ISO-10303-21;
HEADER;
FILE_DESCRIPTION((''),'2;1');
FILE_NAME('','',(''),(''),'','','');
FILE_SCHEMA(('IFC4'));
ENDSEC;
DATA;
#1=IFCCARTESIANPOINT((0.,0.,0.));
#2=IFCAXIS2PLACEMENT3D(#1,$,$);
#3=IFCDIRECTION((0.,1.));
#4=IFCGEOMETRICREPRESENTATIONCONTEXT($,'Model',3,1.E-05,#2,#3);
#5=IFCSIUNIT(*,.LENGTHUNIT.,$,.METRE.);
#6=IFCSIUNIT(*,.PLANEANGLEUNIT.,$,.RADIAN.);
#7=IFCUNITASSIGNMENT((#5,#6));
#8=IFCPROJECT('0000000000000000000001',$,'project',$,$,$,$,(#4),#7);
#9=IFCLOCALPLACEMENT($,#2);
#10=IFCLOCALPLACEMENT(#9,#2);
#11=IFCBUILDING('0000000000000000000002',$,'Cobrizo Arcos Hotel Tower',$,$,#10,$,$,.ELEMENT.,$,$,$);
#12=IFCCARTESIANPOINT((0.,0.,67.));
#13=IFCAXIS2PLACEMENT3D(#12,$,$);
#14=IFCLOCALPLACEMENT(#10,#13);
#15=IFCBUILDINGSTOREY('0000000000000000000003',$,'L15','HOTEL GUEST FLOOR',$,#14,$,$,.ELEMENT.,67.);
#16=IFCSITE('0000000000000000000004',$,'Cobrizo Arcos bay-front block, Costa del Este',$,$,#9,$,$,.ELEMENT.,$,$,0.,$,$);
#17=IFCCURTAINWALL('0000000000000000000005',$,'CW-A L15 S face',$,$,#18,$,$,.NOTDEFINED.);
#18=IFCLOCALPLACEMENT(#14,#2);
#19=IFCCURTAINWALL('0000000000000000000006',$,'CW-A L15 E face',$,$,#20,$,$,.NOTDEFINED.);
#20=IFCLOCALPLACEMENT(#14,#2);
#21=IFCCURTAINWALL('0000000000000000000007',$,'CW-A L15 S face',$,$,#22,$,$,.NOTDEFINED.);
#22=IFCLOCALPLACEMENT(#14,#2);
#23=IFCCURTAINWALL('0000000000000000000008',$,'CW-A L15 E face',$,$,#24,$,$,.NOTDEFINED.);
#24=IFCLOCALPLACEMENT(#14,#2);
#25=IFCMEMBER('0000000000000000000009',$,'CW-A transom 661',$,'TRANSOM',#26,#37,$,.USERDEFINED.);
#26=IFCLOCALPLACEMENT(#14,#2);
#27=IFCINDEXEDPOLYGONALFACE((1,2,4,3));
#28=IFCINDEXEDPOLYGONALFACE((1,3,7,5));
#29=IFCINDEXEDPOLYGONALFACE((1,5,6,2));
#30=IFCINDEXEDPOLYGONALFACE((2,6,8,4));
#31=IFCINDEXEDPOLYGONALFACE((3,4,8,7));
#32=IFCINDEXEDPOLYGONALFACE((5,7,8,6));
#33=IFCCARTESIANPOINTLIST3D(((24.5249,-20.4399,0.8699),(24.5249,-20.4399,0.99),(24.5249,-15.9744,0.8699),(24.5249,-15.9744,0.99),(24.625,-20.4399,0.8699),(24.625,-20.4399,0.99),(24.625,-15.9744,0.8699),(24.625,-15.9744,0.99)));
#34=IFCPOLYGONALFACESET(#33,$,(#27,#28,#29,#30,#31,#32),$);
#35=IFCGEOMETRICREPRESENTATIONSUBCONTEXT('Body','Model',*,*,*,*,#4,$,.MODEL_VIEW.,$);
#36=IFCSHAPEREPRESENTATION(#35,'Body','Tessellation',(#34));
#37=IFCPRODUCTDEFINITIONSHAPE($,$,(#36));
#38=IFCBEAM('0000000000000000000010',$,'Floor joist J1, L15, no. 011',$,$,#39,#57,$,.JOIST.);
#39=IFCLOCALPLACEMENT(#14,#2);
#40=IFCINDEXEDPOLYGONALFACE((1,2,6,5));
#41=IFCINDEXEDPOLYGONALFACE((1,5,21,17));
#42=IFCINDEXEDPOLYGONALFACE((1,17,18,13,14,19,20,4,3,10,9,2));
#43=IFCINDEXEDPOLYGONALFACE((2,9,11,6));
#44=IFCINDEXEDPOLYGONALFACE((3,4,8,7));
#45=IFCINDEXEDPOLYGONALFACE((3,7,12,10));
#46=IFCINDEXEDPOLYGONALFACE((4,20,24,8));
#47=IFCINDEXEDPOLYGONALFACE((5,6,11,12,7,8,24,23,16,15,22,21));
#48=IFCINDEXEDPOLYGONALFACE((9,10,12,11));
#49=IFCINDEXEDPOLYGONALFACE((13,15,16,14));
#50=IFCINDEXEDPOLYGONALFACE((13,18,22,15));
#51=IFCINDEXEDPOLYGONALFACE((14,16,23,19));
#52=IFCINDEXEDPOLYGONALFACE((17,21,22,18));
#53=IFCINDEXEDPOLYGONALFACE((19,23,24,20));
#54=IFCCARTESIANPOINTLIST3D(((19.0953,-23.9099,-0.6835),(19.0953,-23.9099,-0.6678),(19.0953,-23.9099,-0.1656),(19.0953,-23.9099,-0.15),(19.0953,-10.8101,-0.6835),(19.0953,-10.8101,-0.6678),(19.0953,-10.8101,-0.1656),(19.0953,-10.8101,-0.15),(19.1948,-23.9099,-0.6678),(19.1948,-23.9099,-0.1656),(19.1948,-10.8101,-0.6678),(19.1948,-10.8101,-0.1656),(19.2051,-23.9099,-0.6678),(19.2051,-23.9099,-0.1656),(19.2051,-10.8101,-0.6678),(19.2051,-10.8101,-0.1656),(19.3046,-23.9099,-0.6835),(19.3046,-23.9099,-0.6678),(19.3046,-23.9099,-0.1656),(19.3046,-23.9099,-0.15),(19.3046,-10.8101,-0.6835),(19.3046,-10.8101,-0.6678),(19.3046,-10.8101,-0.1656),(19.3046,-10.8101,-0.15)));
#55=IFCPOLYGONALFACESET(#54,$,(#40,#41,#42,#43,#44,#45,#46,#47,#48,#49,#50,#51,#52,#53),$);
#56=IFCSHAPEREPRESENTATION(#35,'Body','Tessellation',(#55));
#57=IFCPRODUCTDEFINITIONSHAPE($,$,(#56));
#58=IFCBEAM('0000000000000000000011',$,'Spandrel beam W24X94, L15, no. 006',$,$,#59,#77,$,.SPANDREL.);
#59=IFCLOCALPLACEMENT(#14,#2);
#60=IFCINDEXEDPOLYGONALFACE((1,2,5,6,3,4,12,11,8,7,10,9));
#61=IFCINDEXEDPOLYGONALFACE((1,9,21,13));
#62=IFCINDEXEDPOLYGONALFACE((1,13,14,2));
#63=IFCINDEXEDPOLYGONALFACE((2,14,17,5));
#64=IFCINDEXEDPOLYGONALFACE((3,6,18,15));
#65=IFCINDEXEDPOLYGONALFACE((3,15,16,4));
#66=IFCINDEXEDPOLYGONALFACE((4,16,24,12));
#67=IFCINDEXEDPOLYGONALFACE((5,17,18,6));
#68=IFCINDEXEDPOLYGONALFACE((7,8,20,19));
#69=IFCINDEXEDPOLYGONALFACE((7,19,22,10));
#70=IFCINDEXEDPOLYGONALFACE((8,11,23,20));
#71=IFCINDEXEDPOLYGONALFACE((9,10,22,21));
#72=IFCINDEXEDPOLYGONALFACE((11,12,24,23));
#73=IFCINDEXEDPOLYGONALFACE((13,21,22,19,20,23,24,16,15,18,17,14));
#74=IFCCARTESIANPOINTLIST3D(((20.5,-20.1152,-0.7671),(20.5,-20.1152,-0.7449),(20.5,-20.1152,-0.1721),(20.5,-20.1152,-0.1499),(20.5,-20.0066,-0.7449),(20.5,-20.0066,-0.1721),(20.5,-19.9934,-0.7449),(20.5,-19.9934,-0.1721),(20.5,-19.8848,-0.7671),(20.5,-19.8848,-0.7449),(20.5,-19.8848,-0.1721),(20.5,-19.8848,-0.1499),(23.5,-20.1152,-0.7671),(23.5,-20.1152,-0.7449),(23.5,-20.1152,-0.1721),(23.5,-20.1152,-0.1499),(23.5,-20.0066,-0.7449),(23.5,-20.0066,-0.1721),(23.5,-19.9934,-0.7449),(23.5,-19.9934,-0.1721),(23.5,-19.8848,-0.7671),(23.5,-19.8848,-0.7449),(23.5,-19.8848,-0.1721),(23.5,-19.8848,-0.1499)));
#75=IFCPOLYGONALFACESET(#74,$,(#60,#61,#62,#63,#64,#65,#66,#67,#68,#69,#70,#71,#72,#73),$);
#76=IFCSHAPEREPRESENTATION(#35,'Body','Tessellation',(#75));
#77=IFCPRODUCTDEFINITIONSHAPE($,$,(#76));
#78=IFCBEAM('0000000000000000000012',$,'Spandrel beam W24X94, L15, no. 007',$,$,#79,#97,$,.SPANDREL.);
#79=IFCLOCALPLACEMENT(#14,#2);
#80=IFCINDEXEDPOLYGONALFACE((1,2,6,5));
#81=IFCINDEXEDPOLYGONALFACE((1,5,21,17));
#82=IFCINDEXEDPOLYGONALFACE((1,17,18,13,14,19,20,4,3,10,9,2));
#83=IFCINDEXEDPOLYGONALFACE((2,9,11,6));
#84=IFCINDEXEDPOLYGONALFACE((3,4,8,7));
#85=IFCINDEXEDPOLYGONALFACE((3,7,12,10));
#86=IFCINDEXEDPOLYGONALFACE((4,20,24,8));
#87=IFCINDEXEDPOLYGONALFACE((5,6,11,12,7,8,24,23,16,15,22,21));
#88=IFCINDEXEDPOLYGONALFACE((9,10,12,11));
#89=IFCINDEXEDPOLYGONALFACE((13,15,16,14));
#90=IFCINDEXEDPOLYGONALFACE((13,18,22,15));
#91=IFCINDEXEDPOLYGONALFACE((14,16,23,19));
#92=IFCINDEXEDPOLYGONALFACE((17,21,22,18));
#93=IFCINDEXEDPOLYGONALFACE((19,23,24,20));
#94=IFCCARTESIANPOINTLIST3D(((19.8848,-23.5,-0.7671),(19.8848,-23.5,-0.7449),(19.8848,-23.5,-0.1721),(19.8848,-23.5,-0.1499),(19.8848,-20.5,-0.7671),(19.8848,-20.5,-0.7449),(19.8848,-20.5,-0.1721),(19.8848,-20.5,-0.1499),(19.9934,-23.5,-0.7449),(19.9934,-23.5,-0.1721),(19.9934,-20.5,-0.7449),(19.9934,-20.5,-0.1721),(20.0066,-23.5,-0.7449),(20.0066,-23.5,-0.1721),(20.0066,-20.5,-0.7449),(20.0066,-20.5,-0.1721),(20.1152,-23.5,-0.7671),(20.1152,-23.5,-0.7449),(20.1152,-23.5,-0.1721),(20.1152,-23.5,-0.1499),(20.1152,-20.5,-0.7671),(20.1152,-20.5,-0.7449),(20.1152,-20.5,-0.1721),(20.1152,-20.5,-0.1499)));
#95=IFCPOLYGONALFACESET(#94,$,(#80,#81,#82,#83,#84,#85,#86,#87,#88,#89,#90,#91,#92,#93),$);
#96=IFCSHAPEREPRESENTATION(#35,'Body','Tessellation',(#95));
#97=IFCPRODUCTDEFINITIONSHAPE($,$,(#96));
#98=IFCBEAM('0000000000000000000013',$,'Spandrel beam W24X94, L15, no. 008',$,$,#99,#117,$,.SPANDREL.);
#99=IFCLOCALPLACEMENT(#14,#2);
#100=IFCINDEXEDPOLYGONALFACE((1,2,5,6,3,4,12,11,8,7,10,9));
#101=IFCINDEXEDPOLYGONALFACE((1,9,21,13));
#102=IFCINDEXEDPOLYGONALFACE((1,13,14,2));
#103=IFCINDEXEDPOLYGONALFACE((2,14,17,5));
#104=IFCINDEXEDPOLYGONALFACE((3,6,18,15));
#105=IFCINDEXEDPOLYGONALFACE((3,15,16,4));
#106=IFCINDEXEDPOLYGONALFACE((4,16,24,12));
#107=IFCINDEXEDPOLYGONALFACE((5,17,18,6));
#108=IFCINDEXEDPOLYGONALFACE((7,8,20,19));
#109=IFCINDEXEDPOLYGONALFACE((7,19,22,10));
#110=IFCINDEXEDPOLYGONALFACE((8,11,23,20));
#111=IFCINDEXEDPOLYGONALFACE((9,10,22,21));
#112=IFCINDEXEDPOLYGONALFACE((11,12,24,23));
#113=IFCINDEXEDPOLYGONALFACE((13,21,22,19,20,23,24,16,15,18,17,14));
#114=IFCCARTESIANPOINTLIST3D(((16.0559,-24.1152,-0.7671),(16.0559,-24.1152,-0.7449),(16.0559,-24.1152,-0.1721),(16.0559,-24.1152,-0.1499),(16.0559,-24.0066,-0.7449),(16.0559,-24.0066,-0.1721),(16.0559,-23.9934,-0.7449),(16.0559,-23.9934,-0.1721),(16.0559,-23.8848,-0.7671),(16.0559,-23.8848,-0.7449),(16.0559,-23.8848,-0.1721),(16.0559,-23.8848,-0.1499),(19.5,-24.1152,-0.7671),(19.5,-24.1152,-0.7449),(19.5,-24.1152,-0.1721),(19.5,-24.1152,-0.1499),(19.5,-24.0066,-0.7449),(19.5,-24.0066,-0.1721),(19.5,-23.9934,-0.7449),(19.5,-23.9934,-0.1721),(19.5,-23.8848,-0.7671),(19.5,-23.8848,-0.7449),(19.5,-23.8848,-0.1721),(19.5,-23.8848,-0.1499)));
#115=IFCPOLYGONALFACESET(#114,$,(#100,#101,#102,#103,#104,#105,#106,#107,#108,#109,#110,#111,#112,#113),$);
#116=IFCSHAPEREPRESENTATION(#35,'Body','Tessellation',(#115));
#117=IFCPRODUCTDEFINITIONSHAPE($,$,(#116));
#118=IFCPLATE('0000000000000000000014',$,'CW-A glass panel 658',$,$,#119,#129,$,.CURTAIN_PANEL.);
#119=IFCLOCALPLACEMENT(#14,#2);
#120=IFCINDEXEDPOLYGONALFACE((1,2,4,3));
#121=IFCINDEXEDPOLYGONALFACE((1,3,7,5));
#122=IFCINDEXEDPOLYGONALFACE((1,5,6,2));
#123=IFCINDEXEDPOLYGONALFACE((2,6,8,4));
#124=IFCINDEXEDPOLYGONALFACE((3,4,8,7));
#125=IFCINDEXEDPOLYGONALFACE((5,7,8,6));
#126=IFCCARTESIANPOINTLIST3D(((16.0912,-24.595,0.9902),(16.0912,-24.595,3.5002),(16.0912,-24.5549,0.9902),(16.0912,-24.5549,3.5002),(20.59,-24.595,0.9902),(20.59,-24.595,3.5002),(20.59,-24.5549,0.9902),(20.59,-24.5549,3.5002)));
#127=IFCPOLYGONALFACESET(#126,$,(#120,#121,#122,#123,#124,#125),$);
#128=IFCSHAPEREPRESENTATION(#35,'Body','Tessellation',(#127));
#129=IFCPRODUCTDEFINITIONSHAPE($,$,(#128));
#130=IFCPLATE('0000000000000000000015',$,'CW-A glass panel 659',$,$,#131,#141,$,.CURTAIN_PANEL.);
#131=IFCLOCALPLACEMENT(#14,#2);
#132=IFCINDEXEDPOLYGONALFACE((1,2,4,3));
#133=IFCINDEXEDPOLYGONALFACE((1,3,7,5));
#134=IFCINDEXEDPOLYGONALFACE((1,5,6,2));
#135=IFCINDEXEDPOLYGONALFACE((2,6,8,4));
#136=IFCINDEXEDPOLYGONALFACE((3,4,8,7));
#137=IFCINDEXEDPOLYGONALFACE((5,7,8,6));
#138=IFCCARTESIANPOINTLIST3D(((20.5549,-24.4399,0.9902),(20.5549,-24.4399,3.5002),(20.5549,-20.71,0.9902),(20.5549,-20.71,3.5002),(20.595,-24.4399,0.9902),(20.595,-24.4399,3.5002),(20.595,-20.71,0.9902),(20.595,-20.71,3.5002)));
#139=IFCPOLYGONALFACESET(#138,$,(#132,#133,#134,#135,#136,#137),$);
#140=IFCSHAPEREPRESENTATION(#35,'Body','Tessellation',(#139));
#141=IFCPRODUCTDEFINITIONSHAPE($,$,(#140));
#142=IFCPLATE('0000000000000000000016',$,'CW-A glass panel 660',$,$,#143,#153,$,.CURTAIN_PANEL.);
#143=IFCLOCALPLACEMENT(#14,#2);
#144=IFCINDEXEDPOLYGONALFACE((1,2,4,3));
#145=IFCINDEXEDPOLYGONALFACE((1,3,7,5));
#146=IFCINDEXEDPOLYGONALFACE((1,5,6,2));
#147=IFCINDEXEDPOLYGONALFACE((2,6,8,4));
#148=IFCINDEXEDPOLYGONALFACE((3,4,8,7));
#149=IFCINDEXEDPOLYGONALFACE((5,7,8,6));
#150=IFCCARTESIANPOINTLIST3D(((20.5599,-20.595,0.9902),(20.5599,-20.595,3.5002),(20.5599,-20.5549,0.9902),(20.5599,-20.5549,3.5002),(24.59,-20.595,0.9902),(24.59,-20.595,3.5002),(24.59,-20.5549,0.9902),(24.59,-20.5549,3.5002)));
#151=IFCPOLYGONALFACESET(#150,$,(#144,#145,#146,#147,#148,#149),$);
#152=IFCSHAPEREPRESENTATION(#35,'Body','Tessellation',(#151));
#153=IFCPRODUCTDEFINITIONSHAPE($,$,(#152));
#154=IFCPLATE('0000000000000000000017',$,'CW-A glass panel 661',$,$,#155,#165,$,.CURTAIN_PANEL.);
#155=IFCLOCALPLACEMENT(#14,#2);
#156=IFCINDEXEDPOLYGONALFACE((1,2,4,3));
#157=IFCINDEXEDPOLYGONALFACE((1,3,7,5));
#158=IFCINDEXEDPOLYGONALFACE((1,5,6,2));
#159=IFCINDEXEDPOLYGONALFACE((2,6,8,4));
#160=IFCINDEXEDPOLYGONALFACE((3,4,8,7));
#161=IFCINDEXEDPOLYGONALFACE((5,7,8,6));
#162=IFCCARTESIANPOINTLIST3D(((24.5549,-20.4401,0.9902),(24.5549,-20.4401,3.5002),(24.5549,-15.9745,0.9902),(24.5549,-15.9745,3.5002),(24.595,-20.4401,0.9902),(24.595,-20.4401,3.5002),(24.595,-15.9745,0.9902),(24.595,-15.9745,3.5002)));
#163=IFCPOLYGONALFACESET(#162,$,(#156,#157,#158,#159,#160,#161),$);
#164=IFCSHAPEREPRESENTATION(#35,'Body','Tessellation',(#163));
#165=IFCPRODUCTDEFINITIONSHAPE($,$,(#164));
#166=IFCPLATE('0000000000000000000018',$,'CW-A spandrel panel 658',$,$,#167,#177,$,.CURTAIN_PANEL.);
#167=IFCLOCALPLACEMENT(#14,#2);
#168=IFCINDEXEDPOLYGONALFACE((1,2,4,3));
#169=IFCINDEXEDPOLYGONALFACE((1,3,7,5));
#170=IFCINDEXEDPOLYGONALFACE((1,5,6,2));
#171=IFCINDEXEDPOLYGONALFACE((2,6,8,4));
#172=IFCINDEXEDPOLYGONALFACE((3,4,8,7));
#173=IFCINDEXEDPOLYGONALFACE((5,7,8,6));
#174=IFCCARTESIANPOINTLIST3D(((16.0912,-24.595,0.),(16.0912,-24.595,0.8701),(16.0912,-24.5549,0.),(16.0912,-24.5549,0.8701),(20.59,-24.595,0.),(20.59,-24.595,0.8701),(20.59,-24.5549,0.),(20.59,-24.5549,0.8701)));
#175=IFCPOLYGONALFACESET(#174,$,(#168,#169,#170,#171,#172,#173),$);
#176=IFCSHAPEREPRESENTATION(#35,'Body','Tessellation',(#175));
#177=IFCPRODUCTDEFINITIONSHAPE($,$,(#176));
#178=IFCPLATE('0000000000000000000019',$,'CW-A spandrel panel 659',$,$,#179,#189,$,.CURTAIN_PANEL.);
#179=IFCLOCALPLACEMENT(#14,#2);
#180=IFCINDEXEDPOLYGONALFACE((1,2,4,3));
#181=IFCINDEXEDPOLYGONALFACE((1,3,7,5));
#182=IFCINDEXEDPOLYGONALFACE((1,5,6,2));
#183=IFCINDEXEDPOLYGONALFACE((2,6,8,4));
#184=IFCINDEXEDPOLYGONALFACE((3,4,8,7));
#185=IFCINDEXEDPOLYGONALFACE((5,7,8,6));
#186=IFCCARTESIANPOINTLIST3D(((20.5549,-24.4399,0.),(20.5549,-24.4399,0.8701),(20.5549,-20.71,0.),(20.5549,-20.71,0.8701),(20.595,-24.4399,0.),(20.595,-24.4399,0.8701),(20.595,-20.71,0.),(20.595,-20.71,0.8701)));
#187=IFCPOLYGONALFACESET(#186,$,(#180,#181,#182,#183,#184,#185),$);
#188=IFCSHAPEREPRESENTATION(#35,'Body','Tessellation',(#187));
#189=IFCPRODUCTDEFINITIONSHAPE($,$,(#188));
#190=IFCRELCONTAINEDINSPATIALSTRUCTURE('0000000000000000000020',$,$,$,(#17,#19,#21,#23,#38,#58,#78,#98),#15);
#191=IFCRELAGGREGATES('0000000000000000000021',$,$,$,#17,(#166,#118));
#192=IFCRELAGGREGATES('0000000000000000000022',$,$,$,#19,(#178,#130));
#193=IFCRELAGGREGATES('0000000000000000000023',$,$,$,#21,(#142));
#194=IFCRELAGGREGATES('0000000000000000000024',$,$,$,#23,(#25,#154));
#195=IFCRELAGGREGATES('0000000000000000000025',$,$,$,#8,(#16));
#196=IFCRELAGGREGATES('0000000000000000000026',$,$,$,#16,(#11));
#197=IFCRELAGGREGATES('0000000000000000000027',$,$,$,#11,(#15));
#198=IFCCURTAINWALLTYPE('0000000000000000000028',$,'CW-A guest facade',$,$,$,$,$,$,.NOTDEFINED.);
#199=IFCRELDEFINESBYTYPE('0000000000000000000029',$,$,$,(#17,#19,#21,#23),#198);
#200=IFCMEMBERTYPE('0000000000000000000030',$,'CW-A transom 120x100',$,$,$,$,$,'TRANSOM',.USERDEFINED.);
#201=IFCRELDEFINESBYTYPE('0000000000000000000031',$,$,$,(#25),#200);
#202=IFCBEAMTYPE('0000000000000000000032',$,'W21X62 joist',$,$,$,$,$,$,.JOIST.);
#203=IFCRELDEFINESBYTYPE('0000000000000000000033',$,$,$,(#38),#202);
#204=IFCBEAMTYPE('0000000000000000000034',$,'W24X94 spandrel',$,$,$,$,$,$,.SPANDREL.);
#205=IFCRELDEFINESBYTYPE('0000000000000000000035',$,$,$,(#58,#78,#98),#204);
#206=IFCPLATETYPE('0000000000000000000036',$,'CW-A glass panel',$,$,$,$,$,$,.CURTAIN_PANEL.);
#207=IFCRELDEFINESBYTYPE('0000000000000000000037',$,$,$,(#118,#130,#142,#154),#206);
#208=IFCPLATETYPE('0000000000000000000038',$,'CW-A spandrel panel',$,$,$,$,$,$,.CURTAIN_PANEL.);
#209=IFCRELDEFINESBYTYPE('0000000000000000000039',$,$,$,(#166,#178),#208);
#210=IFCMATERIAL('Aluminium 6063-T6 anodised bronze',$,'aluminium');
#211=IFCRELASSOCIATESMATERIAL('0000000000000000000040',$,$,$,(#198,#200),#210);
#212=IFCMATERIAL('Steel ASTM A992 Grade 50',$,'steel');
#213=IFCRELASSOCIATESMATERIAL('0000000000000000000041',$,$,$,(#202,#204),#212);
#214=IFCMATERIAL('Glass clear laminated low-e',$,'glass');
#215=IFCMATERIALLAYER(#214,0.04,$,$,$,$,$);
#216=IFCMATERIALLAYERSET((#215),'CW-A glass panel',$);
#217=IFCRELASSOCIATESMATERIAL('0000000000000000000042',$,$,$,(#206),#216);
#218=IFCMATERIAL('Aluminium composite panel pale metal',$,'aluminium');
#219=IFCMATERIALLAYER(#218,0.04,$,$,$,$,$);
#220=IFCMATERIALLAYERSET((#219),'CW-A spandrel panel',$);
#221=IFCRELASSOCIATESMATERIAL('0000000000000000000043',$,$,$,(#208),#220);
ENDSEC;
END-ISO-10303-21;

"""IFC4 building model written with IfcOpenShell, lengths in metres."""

from ifc_helpers import new_model, si_unit, direction, frame, origin, origin_2d, place, context, subcontext, project, spatial, rectangle, i_section, extrude, material, layer, layer_set, material_profile, profile_set, type_object, element, aggregate, save


model = new_model("IFC4")

# Units and contexts
model_context = context("Model", 3, precision=1e-05, world=origin(), true_north=direction((0.0, 1.0)))
body_context = subcontext(model_context, "Body", "Model", "MODEL_VIEW")
ifc_project = project(units=[si_unit("LENGTHUNIT", "METRE"), si_unit("PLANEANGLEUNIT", "RADIAN")], contexts=[model_context])

# Site, building, storey
site_placement = place(None, origin())
site = spatial("IfcSite", under=ifc_project, at=site_placement, Name="Cobrizo Arcos bay-front block, Costa del Este", CompositionType="ELEMENT", RefElevation=0.0)
building_placement = place(site_placement, origin())
building = spatial("IfcBuilding", under=site, at=building_placement, Name="Cobrizo Arcos Hotel Tower", CompositionType="ELEMENT")
storey_placement = place(building_placement, frame((0.0, 0.0, 67.0)))
storey = spatial("IfcBuildingStorey", under=building, at=storey_placement, Name="L15", Description="HOTEL GUEST FLOOR", CompositionType="ELEMENT", Elevation=67.0)

# Curtain walls
ifc_material_1 = material(Name="Aluminium 6063-T6 anodised bronze", Category="aluminium")
curtain_wall_type = type_object("IfcCurtainWallType", Name="CW-A guest facade", PredefinedType="NOTDEFINED", material=ifc_material_1)
curtain_wall_1_placement = place(storey_placement, origin())
curtain_wall_1 = element("IfcCurtainWall", 1, at=curtain_wall_1_placement, inside=storey, type_object=curtain_wall_type, Name="CW-A L15 S face", PredefinedType="NOTDEFINED")
curtain_wall_2_placement = place(storey_placement, origin())
curtain_wall_2 = element("IfcCurtainWall", 2, at=curtain_wall_2_placement, inside=storey, type_object=curtain_wall_type, Name="CW-A L15 E face", PredefinedType="NOTDEFINED")
curtain_wall_3_placement = place(storey_placement, origin())
curtain_wall_3 = element("IfcCurtainWall", 3, at=curtain_wall_3_placement, inside=storey, type_object=curtain_wall_type, Name="CW-A L15 S face", PredefinedType="NOTDEFINED")

# Curtain wall
curtain_wall_4_placement = place(storey_placement, origin())
curtain_wall_4 = element("IfcCurtainWall", 4, at=curtain_wall_4_placement, inside=storey, type_object=curtain_wall_type, Name="CW-A L15 E face", PredefinedType="NOTDEFINED")

# Member
ifc_material_profile_1 = material_profile(ifc_material_1, rectangle(XDim=0.1001, YDim=0.1201, at=origin_2d()), Name="CW-A transom 120x100")
ifc_profile_set_1 = profile_set([ifc_material_profile_1], Name="Aluminium 6063-T6 anodised bronze")
member_type_1 = type_object("IfcMemberType", Name="CW-A transom 120x100", ElementType="TRANSOM", PredefinedType="USERDEFINED", material=ifc_profile_set_1)
member_1_placement = place(storey_placement, frame((24.575, -20.4399, 0.9299), z_axis=(0.0, 1.0, 0.0), x_axis=(-1.0, 0.0, 0.0)))
member_1 = element("IfcMember", 5, at=member_1_placement, type_object=member_type_1, Name="CW-A transom 661", ObjectType="TRANSOM", PredefinedType="USERDEFINED", context=body_context, shape_type="SweptSolid", body=[
    extrude(rectangle(XDim=0.1001, YDim=0.1201, at=origin_2d()), origin(), (0.0, 0.0, 1.0), 4.4656),
])

# Beams
ifc_material_2 = material(Name="Steel ASTM A992 Grade 50", Category="steel")
ifc_material_profile_2 = material_profile(ifc_material_2, i_section(OverallWidth=0.2092, OverallDepth=0.5334, WebThickness=0.0103, FlangeThickness=0.0156, at=origin_2d()), Name="W21X62")
ifc_profile_set_2 = profile_set([ifc_material_profile_2], Name="Steel ASTM A992 Grade 50")
beam_type_1 = type_object("IfcBeamType", Name="W21X62 joist", PredefinedType="JOIST", material=ifc_profile_set_2)
beam_1_placement = place(storey_placement, frame((19.2, -23.9099, -0.4167), z_axis=(0.0, 1.0, 0.0), x_axis=(-1.0, 0.0, 0.0)))
element("IfcBeam", 6, at=beam_1_placement, inside=storey, type_object=beam_type_1, Name="Floor joist J1, L15, no. 011", PredefinedType="JOIST", context=body_context, shape_type="SweptSolid", body=[
    extrude(i_section(OverallWidth=0.2092, OverallDepth=0.5334, WebThickness=0.0103, FlangeThickness=0.0156, at=origin_2d()), origin(), (0.0, 0.0, 1.0), 13.0999),
])
ifc_material_profile_3 = material_profile(ifc_material_2, i_section(OverallWidth=0.2305, OverallDepth=0.6172, WebThickness=0.0132, FlangeThickness=0.0222, at=origin_2d()), Name="W24X94")
ifc_profile_set_3 = profile_set([ifc_material_profile_3], Name="Steel ASTM A992 Grade 50")
beam_type_2 = type_object("IfcBeamType", Name="W24X94 spandrel", PredefinedType="SPANDREL", material=ifc_profile_set_3)
for number, where, z_axis, x_axis, name in (
    (7, (23.5, -20.0, -0.4585), (-1.0, 0.0, 0.0), (0.0, -1.0, 0.0), "Spandrel beam W24X94, L15, no. 006"),
    (8, (20.0, -20.5, -0.4585), (0.0, -1.0, 0.0), (1.0, 0.0, 0.0), "Spandrel beam W24X94, L15, no. 007"),
):
    element("IfcBeam", number, at=place(storey_placement, frame(where, z_axis=z_axis, x_axis=x_axis)), inside=storey, type_object=beam_type_2, Name=name, PredefinedType="SPANDREL", context=body_context, shape_type="SweptSolid", body=[
        extrude(i_section(OverallWidth=0.2305, OverallDepth=0.6172, WebThickness=0.0132, FlangeThickness=0.0222, at=origin_2d()), origin(), (0.0, 0.0, 1.0), 3.0),
    ])
beam_2_placement = place(storey_placement, frame((19.5, -24.0, -0.4585), z_axis=(-1.0, 0.0, 0.0), x_axis=(0.0, -1.0, 0.0)))
element("IfcBeam", 9, at=beam_2_placement, inside=storey, type_object=beam_type_2, Name="Spandrel beam W24X94, L15, no. 008", PredefinedType="SPANDREL", context=body_context, shape_type="SweptSolid", body=[
    extrude(i_section(OverallWidth=0.2305, OverallDepth=0.6172, WebThickness=0.0132, FlangeThickness=0.0222, at=origin_2d()), origin(), (0.0, 0.0, 1.0), 3.4441),
])

# Plates
ifc_material_3 = material(Name="Glass clear laminated low-e", Category="glass")
ifc_layer_1 = layer(ifc_material_3, 0.04)
ifc_layer_set_1 = layer_set([ifc_layer_1], Name="CW-A glass panel")
plate_type_1 = type_object("IfcPlateType", Name="CW-A glass panel", PredefinedType="CURTAIN_PANEL", material=ifc_layer_set_1)
plate_1_placement = place(storey_placement, frame((18.3406, -24.575, 0.9902), z_axis=(0.0, 0.0, 1.0), x_axis=(1.0, 0.0, 0.0)))
plate_1 = element("IfcPlate", 10, at=plate_1_placement, type_object=plate_type_1, Name="CW-A glass panel 658", PredefinedType="CURTAIN_PANEL", context=body_context, shape_type="SweptSolid", body=[
    extrude(rectangle(XDim=4.4988, YDim=0.04, at=origin_2d()), origin(), (0.0, 0.0, 1.0), 2.51),
])
plate_2_placement = place(storey_placement, frame((20.575, -22.575, 0.9902), z_axis=(0.0, 0.0, 1.0), x_axis=(0.0, 1.0, 0.0)))
plate_2 = element("IfcPlate", 11, at=plate_2_placement, type_object=plate_type_1, Name="CW-A glass panel 659", PredefinedType="CURTAIN_PANEL", context=body_context, shape_type="SweptSolid", body=[
    extrude(rectangle(XDim=3.73, YDim=0.04, at=origin_2d()), origin(), (0.0, 0.0, 1.0), 2.51),
])
plate_3_placement = place(storey_placement, frame((22.575, -20.575, 0.9902), z_axis=(0.0, 0.0, 1.0), x_axis=(1.0, 0.0, 0.0)))
plate_3 = element("IfcPlate", 12, at=plate_3_placement, type_object=plate_type_1, Name="CW-A glass panel 660", PredefinedType="CURTAIN_PANEL", context=body_context, shape_type="SweptSolid", body=[
    extrude(rectangle(XDim=4.03, YDim=0.04, at=origin_2d()), origin(), (0.0, 0.0, 1.0), 2.51),
])
plate_4_placement = place(storey_placement, frame((24.575, -18.2073, 0.9902), z_axis=(0.0, 0.0, 1.0), x_axis=(0.0, 1.0, 0.0)))
plate_4 = element("IfcPlate", 13, at=plate_4_placement, type_object=plate_type_1, Name="CW-A glass panel 661", PredefinedType="CURTAIN_PANEL", context=body_context, shape_type="SweptSolid", body=[
    extrude(rectangle(XDim=4.4656, YDim=0.04, at=origin_2d()), origin(), (0.0, 0.0, 1.0), 2.51),
])
ifc_material_4 = material(Name="Aluminium composite panel pale metal", Category="aluminium")
ifc_layer_2 = layer(ifc_material_4, 0.04)
ifc_layer_set_2 = layer_set([ifc_layer_2], Name="CW-A spandrel panel")
plate_type_2 = type_object("IfcPlateType", Name="CW-A spandrel panel", PredefinedType="CURTAIN_PANEL", material=ifc_layer_set_2)
plate_5_placement = place(storey_placement, frame((18.3406, -24.575, 0.0), z_axis=(0.0, 0.0, 1.0), x_axis=(1.0, 0.0, 0.0)))
plate_5 = element("IfcPlate", 14, at=plate_5_placement, type_object=plate_type_2, Name="CW-A spandrel panel 658", PredefinedType="CURTAIN_PANEL", context=body_context, shape_type="SweptSolid", body=[
    extrude(rectangle(XDim=4.4988, YDim=0.04, at=origin_2d()), origin(), (0.0, 0.0, 1.0), 0.8701),
])
aggregate(curtain_wall_1, [plate_5, plate_1])
plate_6_placement = place(storey_placement, frame((20.575, -22.575, 0.0), z_axis=(0.0, 0.0, 1.0), x_axis=(0.0, 1.0, 0.0)))
plate_6 = element("IfcPlate", 15, at=plate_6_placement, type_object=plate_type_2, Name="CW-A spandrel panel 659", PredefinedType="CURTAIN_PANEL", context=body_context, shape_type="SweptSolid", body=[
    extrude(rectangle(XDim=3.73, YDim=0.04, at=origin_2d()), origin(), (0.0, 0.0, 1.0), 0.8701),
])
aggregate(curtain_wall_2, [plate_6, plate_2])
aggregate(curtain_wall_3, [plate_3])
aggregate(curtain_wall_4, [member_1, plate_4])

save(model, "model.ifc")
